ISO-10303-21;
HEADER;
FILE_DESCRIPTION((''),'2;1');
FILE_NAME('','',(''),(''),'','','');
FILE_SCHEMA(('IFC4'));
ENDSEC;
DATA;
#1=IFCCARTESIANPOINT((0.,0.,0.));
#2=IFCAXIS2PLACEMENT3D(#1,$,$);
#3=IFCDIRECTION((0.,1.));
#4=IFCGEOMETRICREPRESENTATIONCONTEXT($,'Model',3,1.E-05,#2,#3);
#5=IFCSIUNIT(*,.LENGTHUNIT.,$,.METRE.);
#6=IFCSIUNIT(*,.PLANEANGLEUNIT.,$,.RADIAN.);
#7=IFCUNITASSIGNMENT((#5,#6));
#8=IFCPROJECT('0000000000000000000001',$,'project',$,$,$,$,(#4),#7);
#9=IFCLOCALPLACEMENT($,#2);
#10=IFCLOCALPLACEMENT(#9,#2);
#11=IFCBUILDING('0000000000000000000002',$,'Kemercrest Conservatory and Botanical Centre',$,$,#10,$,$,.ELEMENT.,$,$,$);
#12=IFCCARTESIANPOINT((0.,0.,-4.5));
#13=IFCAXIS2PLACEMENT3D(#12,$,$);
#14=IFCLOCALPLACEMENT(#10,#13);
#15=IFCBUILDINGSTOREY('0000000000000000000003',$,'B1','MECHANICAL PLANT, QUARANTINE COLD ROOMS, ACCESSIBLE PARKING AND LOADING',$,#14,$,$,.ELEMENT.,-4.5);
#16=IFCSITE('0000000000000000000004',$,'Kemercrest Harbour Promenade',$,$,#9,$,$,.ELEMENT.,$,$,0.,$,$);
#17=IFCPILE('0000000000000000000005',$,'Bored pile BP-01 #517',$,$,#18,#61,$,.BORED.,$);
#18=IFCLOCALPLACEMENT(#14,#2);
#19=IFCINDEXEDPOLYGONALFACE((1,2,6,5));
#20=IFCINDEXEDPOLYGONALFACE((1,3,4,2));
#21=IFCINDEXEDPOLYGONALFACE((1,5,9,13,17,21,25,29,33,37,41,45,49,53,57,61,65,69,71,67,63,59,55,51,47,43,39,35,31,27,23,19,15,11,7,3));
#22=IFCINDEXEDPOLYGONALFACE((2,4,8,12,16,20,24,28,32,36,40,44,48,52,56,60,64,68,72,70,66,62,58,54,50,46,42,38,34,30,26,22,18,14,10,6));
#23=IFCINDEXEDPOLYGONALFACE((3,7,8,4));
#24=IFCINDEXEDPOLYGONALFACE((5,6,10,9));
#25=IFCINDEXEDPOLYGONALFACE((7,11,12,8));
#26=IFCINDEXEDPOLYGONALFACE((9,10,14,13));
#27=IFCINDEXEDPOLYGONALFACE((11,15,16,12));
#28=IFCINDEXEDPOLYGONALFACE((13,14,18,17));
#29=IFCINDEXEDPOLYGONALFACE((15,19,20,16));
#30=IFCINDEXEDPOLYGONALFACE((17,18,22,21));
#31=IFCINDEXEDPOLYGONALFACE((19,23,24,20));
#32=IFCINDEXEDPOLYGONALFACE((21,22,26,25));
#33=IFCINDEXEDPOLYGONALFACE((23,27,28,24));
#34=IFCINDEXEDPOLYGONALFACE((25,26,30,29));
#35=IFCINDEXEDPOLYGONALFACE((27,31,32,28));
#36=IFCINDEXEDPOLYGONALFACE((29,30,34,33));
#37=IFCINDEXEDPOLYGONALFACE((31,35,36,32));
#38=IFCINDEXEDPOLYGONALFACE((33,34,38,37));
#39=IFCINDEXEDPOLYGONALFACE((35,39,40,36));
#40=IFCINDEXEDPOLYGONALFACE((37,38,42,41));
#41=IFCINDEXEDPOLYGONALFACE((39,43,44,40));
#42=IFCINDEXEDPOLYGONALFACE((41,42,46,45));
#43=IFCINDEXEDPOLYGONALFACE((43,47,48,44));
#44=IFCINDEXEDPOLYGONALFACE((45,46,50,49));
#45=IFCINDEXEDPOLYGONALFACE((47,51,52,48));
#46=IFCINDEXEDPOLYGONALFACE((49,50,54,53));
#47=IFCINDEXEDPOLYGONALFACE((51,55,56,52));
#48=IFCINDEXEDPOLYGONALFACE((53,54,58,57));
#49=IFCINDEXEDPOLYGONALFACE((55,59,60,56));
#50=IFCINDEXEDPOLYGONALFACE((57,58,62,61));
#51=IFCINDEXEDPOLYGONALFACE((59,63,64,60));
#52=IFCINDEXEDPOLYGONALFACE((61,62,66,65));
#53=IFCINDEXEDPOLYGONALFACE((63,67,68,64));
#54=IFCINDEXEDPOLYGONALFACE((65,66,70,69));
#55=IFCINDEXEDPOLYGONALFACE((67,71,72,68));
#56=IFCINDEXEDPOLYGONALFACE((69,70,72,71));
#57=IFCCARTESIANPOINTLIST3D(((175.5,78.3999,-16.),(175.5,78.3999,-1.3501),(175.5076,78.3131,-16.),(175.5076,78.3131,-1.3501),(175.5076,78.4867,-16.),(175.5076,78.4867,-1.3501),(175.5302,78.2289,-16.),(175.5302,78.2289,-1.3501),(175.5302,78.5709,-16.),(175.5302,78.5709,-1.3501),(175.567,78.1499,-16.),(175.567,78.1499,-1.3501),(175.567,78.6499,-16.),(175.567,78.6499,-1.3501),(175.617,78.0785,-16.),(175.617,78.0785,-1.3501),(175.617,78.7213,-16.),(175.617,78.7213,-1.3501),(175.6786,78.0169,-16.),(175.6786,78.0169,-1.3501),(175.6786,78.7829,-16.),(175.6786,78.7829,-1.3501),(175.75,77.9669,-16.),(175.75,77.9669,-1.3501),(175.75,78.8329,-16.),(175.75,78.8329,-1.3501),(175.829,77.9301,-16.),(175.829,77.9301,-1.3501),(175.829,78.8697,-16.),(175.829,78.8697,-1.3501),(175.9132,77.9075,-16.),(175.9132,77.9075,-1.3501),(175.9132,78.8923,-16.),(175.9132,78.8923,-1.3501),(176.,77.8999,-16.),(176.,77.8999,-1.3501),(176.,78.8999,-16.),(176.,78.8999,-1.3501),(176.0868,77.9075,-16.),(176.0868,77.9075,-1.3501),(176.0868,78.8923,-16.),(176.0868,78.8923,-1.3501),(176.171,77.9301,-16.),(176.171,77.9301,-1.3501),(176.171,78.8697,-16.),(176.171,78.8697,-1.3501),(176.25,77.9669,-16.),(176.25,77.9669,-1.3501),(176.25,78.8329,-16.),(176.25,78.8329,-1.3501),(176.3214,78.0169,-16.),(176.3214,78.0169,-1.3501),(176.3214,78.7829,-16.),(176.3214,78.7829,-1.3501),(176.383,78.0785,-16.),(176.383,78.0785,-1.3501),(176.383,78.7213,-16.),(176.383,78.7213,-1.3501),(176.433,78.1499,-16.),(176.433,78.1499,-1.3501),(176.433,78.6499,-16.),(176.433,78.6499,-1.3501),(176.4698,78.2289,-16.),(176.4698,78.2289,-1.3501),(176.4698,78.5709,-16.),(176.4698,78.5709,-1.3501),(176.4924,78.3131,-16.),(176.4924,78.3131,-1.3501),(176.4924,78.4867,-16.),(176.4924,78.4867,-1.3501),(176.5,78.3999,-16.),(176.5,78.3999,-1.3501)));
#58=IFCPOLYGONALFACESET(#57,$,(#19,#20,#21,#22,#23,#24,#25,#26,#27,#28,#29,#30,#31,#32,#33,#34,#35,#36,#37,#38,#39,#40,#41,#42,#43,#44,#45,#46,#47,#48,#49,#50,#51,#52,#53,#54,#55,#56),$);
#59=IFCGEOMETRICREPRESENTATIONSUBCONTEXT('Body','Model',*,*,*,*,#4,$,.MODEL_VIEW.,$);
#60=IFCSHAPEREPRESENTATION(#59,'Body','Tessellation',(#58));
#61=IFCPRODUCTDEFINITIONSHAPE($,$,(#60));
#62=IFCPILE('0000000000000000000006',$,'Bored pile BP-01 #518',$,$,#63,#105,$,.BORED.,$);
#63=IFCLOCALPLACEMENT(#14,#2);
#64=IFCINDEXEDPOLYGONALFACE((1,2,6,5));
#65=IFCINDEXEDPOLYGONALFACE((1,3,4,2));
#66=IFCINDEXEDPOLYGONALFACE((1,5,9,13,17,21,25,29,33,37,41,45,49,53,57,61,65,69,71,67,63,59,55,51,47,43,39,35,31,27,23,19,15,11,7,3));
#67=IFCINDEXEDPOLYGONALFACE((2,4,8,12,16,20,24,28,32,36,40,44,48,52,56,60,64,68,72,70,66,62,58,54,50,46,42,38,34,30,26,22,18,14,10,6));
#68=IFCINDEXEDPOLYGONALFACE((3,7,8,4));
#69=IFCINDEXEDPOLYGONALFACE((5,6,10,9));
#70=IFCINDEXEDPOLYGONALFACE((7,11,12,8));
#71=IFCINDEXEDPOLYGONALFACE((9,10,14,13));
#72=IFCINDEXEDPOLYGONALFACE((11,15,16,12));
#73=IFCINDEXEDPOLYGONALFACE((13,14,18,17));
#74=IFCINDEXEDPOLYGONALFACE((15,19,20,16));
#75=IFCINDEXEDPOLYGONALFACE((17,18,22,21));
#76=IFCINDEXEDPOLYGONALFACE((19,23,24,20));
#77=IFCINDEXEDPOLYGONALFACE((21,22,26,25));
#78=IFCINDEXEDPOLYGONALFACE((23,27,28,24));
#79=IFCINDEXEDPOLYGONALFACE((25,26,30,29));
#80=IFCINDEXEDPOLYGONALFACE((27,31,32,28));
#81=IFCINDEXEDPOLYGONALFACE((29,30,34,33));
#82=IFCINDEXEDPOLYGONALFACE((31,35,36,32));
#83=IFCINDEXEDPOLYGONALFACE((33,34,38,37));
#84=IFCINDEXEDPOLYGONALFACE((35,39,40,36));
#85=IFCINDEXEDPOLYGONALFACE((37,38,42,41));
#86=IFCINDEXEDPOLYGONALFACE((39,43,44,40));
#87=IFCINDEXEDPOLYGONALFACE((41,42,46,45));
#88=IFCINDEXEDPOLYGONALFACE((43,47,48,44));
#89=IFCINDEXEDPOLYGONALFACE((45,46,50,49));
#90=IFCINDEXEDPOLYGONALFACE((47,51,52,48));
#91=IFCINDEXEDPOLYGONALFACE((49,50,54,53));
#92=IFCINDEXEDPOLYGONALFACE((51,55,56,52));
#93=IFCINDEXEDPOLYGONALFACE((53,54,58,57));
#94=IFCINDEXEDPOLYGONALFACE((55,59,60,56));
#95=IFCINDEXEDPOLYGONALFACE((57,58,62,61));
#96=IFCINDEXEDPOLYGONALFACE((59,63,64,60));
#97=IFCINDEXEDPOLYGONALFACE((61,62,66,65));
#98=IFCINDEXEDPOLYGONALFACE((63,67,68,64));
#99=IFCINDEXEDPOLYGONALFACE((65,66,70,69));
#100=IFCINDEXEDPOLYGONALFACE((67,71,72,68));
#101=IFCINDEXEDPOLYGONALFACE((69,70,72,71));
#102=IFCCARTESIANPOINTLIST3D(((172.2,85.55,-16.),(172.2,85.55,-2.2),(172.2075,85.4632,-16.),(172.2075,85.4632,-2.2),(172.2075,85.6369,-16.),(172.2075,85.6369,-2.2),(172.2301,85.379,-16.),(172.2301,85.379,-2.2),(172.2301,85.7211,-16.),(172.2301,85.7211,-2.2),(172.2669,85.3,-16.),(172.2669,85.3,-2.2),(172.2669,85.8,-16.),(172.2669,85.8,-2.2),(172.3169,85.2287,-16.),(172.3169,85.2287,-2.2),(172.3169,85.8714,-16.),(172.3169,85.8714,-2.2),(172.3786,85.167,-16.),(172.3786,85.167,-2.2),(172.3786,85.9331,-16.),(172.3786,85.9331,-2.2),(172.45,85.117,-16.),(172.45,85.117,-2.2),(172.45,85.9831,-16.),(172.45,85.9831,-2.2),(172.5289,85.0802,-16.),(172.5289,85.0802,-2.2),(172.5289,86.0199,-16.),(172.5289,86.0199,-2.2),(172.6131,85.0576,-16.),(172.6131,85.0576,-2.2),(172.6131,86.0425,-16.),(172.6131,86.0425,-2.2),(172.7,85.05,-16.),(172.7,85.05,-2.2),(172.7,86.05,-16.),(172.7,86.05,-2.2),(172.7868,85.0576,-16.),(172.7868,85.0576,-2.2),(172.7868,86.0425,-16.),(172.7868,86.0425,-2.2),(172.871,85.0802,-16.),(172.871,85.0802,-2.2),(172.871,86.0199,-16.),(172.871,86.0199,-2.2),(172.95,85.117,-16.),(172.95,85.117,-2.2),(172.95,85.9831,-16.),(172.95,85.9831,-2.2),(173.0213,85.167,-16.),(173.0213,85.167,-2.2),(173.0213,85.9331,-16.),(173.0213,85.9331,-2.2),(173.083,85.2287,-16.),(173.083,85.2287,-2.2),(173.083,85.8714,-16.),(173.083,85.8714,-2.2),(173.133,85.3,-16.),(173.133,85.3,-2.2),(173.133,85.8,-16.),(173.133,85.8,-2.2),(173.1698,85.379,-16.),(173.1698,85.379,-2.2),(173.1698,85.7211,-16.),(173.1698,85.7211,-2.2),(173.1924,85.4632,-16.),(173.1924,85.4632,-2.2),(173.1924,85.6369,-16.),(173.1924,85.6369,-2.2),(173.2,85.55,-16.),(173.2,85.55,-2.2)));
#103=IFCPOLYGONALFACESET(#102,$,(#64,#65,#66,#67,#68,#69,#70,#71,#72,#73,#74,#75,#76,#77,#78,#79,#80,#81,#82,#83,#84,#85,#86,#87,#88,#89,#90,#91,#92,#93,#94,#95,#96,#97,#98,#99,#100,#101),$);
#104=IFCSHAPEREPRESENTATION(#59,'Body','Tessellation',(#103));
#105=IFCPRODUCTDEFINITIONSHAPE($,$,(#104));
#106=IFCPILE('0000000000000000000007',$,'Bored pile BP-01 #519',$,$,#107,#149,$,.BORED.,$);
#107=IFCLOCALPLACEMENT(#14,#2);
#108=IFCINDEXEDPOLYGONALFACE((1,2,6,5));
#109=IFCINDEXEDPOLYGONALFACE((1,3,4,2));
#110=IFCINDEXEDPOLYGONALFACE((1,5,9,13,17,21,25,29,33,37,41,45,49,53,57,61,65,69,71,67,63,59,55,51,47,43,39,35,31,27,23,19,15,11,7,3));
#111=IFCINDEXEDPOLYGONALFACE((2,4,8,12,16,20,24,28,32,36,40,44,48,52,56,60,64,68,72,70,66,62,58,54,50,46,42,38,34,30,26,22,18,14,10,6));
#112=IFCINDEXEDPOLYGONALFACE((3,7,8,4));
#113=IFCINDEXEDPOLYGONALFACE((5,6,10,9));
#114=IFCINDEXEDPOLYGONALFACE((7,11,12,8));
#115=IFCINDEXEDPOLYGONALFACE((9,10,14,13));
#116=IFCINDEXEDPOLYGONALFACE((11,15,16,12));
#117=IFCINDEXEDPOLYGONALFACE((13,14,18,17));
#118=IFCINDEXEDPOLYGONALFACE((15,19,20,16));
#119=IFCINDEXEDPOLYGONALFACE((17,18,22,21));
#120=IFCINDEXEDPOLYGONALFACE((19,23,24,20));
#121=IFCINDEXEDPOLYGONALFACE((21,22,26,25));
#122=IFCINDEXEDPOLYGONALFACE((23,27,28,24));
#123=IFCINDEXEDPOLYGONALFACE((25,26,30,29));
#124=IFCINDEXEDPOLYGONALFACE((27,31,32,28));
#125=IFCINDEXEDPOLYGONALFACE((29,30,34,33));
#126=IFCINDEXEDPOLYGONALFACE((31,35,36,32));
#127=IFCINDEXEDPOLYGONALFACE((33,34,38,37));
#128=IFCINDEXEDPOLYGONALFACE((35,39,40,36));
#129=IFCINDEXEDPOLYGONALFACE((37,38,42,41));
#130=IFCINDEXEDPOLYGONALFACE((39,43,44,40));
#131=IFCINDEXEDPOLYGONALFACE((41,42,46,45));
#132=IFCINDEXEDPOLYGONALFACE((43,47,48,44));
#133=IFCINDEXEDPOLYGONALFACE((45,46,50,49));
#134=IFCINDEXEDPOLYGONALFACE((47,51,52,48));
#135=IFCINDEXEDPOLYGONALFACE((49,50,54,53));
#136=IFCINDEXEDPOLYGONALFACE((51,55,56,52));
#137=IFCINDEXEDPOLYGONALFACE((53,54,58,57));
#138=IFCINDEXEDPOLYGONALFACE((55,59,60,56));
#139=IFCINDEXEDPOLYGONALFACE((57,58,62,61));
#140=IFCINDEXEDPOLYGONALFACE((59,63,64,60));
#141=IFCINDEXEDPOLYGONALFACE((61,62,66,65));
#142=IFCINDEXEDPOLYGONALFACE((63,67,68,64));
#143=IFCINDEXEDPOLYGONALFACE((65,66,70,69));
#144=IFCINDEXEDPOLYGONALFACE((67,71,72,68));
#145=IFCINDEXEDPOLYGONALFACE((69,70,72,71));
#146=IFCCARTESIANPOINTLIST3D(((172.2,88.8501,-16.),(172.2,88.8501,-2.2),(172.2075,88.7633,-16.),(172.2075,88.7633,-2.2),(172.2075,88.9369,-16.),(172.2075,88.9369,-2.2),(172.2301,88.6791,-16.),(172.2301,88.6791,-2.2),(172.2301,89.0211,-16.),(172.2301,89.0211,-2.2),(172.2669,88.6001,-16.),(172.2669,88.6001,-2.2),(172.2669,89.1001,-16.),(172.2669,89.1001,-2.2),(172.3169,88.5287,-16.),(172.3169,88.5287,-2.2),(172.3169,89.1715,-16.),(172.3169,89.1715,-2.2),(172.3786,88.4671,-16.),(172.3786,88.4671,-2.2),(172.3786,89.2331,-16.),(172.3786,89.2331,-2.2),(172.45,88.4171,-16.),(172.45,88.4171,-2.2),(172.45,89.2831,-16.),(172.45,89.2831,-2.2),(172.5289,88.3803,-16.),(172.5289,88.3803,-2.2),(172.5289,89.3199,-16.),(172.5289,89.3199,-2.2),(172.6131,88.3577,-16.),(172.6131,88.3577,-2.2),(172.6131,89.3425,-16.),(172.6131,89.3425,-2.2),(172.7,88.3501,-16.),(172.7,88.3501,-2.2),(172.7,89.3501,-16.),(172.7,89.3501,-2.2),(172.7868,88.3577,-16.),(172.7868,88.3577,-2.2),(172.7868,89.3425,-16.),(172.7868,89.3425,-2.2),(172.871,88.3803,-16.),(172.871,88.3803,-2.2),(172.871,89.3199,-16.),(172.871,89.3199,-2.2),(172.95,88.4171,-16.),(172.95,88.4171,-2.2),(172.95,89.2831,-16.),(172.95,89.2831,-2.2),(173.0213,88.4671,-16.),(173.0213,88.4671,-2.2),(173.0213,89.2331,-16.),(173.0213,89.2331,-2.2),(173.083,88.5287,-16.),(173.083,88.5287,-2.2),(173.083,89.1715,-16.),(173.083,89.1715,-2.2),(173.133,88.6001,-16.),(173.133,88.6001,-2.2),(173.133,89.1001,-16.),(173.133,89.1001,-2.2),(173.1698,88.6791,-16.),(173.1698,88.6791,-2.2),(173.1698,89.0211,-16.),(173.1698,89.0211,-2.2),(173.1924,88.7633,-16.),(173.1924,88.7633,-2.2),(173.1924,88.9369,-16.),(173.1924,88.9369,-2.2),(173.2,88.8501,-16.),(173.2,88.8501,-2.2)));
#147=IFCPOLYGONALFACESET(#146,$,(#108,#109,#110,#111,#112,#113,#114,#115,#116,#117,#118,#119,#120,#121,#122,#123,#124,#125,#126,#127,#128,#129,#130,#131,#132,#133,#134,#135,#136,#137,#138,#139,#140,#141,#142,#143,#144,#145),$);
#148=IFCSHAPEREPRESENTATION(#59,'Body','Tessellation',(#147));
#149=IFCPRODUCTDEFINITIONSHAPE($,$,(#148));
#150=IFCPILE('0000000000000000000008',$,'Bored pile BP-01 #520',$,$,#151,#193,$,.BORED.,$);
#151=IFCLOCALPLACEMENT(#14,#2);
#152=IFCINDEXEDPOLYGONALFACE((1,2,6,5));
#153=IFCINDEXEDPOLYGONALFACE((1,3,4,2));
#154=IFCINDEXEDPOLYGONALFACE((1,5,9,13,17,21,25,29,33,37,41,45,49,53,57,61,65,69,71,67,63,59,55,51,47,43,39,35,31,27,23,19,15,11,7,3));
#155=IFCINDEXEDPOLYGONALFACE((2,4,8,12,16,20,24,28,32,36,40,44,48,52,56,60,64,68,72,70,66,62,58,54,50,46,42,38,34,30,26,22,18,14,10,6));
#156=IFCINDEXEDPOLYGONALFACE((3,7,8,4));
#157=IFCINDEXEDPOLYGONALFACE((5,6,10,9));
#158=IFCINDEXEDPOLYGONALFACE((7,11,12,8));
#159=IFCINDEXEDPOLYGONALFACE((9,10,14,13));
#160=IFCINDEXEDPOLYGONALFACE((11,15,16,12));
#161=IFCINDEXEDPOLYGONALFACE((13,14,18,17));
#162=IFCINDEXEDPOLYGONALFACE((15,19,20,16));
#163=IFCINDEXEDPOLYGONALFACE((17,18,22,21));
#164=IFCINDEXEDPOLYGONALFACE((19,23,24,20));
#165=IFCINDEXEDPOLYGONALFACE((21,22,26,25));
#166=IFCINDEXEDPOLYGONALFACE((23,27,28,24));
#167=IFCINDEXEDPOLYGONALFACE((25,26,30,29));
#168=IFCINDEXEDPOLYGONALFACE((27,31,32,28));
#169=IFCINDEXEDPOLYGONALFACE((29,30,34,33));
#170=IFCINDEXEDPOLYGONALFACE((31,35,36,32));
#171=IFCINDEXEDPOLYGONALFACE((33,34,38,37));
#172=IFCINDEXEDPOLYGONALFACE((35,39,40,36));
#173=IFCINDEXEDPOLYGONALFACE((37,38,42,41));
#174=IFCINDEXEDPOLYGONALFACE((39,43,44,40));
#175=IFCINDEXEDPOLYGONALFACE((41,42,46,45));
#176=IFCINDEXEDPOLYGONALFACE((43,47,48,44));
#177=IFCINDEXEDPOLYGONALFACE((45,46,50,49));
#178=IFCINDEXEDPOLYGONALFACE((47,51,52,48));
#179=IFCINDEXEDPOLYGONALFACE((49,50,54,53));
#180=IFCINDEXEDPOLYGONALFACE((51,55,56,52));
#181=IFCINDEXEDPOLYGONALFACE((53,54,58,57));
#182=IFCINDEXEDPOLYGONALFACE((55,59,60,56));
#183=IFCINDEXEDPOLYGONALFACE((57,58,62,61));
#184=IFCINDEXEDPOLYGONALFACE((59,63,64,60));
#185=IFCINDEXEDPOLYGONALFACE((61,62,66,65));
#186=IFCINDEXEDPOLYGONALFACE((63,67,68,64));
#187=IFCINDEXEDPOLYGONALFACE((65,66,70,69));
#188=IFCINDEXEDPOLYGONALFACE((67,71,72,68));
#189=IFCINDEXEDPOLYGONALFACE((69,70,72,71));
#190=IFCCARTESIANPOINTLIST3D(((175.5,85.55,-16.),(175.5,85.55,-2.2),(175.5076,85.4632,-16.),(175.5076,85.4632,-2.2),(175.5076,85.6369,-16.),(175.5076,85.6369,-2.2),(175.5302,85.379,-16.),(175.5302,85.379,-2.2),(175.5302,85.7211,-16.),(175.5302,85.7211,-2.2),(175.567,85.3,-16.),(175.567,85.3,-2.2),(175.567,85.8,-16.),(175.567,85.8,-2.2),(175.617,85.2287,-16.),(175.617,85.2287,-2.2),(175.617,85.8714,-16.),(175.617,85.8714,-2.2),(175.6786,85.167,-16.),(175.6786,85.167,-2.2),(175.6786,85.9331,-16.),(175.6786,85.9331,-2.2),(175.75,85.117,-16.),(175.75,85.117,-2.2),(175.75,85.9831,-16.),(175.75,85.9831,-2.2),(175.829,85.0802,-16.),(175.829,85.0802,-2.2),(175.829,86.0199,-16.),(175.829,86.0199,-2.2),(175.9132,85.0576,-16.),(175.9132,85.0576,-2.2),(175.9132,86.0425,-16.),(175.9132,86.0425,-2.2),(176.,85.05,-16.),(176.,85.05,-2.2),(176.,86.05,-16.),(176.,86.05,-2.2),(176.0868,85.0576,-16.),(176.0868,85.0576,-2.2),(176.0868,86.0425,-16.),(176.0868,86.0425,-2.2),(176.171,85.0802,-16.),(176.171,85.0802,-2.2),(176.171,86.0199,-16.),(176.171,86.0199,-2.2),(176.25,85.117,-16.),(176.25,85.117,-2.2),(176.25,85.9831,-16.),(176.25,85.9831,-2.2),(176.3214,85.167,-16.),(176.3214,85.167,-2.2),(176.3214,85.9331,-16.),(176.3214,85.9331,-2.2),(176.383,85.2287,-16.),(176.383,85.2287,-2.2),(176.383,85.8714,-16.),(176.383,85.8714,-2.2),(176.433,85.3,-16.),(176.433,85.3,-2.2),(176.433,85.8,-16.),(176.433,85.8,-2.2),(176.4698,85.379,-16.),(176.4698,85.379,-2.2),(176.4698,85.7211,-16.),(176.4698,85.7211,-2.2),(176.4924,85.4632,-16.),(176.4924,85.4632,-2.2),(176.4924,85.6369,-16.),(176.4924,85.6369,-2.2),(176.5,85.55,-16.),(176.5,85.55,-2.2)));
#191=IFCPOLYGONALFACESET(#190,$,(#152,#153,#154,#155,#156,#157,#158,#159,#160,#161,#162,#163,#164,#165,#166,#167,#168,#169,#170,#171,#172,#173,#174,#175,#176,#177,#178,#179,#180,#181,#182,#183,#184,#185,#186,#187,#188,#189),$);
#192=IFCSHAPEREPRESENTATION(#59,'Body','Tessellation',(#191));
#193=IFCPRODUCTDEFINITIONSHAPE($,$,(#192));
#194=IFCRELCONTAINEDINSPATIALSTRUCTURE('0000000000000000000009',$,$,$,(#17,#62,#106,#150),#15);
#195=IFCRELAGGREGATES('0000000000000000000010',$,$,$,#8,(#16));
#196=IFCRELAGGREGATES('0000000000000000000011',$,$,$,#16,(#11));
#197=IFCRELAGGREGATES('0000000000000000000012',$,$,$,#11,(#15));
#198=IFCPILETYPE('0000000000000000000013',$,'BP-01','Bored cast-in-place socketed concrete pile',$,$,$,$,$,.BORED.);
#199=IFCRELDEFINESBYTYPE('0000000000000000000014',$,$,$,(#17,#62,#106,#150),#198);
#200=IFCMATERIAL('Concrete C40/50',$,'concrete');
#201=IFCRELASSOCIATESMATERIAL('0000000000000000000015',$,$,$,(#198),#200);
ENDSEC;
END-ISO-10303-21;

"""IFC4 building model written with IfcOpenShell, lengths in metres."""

from ifc_helpers import new_model, si_unit, direction, frame, origin, origin_2d, place, context, subcontext, project, spatial, circle, extrude, material, material_profile, profile_set, type_object, element, save


model = new_model("IFC4")

# Units and contexts
model_context = context("Model", 3, precision=1e-05, world=origin(), true_north=direction((0.0, 1.0)))
body_context = subcontext(model_context, "Body", "Model", "MODEL_VIEW")
ifc_project = project(units=[si_unit("LENGTHUNIT", "METRE"), si_unit("PLANEANGLEUNIT", "RADIAN")], contexts=[model_context])

# Site, building, storey
site_placement = place(None, origin())
site = spatial("IfcSite", under=ifc_project, at=site_placement, Name="Kemercrest Harbour Promenade", CompositionType="ELEMENT", RefElevation=0.0)
building_placement = place(site_placement, origin())
building = spatial("IfcBuilding", under=site, at=building_placement, Name="Kemercrest Conservatory and Botanical Centre", CompositionType="ELEMENT")
storey_placement = place(building_placement, frame((0.0, 0.0, -4.5)))
storey = spatial("IfcBuildingStorey", under=building, at=storey_placement, Name="B1", Description="MECHANICAL PLANT, QUARANTINE COLD ROOMS, ACCESSIBLE PARKING AND LOADING", CompositionType="ELEMENT", Elevation=-4.5)

# Piles
ifc_material_1 = material(Name="Concrete C40/50", Category="concrete")
ifc_material_profile_1 = material_profile(ifc_material_1, circle(Radius=0.5, at=origin_2d()), Name="BORED PILE 1000")
ifc_profile_set_1 = profile_set([ifc_material_profile_1], Name="Concrete C40/50")
pile_type_1 = type_object("IfcPileType", Name="BP-01", Description="Bored cast-in-place socketed concrete pile", PredefinedType="BORED", material=ifc_profile_set_1)
pile_1_placement = place(storey_placement, frame((176.0, 78.3999, -1.3501), z_axis=(0.0, 0.0, -1.0), x_axis=(1.0, 0.0, 0.0)))
element("IfcPile", 1, at=pile_1_placement, inside=storey, type_object=pile_type_1, Name="Bored pile BP-01 #517", PredefinedType="BORED", context=body_context, shape_type="SweptSolid", body=[
    extrude(circle(Radius=0.5, at=origin_2d()), origin(), (0.0, 0.0, 1.0), 14.6499),
])
for number, where, z_axis, x_axis, name in (
    (2, (172.7, 85.55, -2.2), (0.0, 0.0, -1.0), (1.0, 0.0, 0.0), "Bored pile BP-01 #518"),
    (3, (172.7, 88.8501, -2.2), (0.0, 0.0, -1.0), (1.0, 0.0, 0.0), "Bored pile BP-01 #519"),
    (4, (176.0, 85.55, -2.2), (0.0, 0.0, -1.0), (1.0, 0.0, 0.0), "Bored pile BP-01 #520"),
):
    element("IfcPile", number, at=place(storey_placement, frame(where, z_axis=z_axis, x_axis=x_axis)), inside=storey, type_object=pile_type_1, Name=name, PredefinedType="BORED", context=body_context, shape_type="SweptSolid", body=[
        extrude(circle(Radius=0.5, at=origin_2d()), origin(), (0.0, 0.0, 1.0), 13.8),
    ])

save(model, "model.ifc")
